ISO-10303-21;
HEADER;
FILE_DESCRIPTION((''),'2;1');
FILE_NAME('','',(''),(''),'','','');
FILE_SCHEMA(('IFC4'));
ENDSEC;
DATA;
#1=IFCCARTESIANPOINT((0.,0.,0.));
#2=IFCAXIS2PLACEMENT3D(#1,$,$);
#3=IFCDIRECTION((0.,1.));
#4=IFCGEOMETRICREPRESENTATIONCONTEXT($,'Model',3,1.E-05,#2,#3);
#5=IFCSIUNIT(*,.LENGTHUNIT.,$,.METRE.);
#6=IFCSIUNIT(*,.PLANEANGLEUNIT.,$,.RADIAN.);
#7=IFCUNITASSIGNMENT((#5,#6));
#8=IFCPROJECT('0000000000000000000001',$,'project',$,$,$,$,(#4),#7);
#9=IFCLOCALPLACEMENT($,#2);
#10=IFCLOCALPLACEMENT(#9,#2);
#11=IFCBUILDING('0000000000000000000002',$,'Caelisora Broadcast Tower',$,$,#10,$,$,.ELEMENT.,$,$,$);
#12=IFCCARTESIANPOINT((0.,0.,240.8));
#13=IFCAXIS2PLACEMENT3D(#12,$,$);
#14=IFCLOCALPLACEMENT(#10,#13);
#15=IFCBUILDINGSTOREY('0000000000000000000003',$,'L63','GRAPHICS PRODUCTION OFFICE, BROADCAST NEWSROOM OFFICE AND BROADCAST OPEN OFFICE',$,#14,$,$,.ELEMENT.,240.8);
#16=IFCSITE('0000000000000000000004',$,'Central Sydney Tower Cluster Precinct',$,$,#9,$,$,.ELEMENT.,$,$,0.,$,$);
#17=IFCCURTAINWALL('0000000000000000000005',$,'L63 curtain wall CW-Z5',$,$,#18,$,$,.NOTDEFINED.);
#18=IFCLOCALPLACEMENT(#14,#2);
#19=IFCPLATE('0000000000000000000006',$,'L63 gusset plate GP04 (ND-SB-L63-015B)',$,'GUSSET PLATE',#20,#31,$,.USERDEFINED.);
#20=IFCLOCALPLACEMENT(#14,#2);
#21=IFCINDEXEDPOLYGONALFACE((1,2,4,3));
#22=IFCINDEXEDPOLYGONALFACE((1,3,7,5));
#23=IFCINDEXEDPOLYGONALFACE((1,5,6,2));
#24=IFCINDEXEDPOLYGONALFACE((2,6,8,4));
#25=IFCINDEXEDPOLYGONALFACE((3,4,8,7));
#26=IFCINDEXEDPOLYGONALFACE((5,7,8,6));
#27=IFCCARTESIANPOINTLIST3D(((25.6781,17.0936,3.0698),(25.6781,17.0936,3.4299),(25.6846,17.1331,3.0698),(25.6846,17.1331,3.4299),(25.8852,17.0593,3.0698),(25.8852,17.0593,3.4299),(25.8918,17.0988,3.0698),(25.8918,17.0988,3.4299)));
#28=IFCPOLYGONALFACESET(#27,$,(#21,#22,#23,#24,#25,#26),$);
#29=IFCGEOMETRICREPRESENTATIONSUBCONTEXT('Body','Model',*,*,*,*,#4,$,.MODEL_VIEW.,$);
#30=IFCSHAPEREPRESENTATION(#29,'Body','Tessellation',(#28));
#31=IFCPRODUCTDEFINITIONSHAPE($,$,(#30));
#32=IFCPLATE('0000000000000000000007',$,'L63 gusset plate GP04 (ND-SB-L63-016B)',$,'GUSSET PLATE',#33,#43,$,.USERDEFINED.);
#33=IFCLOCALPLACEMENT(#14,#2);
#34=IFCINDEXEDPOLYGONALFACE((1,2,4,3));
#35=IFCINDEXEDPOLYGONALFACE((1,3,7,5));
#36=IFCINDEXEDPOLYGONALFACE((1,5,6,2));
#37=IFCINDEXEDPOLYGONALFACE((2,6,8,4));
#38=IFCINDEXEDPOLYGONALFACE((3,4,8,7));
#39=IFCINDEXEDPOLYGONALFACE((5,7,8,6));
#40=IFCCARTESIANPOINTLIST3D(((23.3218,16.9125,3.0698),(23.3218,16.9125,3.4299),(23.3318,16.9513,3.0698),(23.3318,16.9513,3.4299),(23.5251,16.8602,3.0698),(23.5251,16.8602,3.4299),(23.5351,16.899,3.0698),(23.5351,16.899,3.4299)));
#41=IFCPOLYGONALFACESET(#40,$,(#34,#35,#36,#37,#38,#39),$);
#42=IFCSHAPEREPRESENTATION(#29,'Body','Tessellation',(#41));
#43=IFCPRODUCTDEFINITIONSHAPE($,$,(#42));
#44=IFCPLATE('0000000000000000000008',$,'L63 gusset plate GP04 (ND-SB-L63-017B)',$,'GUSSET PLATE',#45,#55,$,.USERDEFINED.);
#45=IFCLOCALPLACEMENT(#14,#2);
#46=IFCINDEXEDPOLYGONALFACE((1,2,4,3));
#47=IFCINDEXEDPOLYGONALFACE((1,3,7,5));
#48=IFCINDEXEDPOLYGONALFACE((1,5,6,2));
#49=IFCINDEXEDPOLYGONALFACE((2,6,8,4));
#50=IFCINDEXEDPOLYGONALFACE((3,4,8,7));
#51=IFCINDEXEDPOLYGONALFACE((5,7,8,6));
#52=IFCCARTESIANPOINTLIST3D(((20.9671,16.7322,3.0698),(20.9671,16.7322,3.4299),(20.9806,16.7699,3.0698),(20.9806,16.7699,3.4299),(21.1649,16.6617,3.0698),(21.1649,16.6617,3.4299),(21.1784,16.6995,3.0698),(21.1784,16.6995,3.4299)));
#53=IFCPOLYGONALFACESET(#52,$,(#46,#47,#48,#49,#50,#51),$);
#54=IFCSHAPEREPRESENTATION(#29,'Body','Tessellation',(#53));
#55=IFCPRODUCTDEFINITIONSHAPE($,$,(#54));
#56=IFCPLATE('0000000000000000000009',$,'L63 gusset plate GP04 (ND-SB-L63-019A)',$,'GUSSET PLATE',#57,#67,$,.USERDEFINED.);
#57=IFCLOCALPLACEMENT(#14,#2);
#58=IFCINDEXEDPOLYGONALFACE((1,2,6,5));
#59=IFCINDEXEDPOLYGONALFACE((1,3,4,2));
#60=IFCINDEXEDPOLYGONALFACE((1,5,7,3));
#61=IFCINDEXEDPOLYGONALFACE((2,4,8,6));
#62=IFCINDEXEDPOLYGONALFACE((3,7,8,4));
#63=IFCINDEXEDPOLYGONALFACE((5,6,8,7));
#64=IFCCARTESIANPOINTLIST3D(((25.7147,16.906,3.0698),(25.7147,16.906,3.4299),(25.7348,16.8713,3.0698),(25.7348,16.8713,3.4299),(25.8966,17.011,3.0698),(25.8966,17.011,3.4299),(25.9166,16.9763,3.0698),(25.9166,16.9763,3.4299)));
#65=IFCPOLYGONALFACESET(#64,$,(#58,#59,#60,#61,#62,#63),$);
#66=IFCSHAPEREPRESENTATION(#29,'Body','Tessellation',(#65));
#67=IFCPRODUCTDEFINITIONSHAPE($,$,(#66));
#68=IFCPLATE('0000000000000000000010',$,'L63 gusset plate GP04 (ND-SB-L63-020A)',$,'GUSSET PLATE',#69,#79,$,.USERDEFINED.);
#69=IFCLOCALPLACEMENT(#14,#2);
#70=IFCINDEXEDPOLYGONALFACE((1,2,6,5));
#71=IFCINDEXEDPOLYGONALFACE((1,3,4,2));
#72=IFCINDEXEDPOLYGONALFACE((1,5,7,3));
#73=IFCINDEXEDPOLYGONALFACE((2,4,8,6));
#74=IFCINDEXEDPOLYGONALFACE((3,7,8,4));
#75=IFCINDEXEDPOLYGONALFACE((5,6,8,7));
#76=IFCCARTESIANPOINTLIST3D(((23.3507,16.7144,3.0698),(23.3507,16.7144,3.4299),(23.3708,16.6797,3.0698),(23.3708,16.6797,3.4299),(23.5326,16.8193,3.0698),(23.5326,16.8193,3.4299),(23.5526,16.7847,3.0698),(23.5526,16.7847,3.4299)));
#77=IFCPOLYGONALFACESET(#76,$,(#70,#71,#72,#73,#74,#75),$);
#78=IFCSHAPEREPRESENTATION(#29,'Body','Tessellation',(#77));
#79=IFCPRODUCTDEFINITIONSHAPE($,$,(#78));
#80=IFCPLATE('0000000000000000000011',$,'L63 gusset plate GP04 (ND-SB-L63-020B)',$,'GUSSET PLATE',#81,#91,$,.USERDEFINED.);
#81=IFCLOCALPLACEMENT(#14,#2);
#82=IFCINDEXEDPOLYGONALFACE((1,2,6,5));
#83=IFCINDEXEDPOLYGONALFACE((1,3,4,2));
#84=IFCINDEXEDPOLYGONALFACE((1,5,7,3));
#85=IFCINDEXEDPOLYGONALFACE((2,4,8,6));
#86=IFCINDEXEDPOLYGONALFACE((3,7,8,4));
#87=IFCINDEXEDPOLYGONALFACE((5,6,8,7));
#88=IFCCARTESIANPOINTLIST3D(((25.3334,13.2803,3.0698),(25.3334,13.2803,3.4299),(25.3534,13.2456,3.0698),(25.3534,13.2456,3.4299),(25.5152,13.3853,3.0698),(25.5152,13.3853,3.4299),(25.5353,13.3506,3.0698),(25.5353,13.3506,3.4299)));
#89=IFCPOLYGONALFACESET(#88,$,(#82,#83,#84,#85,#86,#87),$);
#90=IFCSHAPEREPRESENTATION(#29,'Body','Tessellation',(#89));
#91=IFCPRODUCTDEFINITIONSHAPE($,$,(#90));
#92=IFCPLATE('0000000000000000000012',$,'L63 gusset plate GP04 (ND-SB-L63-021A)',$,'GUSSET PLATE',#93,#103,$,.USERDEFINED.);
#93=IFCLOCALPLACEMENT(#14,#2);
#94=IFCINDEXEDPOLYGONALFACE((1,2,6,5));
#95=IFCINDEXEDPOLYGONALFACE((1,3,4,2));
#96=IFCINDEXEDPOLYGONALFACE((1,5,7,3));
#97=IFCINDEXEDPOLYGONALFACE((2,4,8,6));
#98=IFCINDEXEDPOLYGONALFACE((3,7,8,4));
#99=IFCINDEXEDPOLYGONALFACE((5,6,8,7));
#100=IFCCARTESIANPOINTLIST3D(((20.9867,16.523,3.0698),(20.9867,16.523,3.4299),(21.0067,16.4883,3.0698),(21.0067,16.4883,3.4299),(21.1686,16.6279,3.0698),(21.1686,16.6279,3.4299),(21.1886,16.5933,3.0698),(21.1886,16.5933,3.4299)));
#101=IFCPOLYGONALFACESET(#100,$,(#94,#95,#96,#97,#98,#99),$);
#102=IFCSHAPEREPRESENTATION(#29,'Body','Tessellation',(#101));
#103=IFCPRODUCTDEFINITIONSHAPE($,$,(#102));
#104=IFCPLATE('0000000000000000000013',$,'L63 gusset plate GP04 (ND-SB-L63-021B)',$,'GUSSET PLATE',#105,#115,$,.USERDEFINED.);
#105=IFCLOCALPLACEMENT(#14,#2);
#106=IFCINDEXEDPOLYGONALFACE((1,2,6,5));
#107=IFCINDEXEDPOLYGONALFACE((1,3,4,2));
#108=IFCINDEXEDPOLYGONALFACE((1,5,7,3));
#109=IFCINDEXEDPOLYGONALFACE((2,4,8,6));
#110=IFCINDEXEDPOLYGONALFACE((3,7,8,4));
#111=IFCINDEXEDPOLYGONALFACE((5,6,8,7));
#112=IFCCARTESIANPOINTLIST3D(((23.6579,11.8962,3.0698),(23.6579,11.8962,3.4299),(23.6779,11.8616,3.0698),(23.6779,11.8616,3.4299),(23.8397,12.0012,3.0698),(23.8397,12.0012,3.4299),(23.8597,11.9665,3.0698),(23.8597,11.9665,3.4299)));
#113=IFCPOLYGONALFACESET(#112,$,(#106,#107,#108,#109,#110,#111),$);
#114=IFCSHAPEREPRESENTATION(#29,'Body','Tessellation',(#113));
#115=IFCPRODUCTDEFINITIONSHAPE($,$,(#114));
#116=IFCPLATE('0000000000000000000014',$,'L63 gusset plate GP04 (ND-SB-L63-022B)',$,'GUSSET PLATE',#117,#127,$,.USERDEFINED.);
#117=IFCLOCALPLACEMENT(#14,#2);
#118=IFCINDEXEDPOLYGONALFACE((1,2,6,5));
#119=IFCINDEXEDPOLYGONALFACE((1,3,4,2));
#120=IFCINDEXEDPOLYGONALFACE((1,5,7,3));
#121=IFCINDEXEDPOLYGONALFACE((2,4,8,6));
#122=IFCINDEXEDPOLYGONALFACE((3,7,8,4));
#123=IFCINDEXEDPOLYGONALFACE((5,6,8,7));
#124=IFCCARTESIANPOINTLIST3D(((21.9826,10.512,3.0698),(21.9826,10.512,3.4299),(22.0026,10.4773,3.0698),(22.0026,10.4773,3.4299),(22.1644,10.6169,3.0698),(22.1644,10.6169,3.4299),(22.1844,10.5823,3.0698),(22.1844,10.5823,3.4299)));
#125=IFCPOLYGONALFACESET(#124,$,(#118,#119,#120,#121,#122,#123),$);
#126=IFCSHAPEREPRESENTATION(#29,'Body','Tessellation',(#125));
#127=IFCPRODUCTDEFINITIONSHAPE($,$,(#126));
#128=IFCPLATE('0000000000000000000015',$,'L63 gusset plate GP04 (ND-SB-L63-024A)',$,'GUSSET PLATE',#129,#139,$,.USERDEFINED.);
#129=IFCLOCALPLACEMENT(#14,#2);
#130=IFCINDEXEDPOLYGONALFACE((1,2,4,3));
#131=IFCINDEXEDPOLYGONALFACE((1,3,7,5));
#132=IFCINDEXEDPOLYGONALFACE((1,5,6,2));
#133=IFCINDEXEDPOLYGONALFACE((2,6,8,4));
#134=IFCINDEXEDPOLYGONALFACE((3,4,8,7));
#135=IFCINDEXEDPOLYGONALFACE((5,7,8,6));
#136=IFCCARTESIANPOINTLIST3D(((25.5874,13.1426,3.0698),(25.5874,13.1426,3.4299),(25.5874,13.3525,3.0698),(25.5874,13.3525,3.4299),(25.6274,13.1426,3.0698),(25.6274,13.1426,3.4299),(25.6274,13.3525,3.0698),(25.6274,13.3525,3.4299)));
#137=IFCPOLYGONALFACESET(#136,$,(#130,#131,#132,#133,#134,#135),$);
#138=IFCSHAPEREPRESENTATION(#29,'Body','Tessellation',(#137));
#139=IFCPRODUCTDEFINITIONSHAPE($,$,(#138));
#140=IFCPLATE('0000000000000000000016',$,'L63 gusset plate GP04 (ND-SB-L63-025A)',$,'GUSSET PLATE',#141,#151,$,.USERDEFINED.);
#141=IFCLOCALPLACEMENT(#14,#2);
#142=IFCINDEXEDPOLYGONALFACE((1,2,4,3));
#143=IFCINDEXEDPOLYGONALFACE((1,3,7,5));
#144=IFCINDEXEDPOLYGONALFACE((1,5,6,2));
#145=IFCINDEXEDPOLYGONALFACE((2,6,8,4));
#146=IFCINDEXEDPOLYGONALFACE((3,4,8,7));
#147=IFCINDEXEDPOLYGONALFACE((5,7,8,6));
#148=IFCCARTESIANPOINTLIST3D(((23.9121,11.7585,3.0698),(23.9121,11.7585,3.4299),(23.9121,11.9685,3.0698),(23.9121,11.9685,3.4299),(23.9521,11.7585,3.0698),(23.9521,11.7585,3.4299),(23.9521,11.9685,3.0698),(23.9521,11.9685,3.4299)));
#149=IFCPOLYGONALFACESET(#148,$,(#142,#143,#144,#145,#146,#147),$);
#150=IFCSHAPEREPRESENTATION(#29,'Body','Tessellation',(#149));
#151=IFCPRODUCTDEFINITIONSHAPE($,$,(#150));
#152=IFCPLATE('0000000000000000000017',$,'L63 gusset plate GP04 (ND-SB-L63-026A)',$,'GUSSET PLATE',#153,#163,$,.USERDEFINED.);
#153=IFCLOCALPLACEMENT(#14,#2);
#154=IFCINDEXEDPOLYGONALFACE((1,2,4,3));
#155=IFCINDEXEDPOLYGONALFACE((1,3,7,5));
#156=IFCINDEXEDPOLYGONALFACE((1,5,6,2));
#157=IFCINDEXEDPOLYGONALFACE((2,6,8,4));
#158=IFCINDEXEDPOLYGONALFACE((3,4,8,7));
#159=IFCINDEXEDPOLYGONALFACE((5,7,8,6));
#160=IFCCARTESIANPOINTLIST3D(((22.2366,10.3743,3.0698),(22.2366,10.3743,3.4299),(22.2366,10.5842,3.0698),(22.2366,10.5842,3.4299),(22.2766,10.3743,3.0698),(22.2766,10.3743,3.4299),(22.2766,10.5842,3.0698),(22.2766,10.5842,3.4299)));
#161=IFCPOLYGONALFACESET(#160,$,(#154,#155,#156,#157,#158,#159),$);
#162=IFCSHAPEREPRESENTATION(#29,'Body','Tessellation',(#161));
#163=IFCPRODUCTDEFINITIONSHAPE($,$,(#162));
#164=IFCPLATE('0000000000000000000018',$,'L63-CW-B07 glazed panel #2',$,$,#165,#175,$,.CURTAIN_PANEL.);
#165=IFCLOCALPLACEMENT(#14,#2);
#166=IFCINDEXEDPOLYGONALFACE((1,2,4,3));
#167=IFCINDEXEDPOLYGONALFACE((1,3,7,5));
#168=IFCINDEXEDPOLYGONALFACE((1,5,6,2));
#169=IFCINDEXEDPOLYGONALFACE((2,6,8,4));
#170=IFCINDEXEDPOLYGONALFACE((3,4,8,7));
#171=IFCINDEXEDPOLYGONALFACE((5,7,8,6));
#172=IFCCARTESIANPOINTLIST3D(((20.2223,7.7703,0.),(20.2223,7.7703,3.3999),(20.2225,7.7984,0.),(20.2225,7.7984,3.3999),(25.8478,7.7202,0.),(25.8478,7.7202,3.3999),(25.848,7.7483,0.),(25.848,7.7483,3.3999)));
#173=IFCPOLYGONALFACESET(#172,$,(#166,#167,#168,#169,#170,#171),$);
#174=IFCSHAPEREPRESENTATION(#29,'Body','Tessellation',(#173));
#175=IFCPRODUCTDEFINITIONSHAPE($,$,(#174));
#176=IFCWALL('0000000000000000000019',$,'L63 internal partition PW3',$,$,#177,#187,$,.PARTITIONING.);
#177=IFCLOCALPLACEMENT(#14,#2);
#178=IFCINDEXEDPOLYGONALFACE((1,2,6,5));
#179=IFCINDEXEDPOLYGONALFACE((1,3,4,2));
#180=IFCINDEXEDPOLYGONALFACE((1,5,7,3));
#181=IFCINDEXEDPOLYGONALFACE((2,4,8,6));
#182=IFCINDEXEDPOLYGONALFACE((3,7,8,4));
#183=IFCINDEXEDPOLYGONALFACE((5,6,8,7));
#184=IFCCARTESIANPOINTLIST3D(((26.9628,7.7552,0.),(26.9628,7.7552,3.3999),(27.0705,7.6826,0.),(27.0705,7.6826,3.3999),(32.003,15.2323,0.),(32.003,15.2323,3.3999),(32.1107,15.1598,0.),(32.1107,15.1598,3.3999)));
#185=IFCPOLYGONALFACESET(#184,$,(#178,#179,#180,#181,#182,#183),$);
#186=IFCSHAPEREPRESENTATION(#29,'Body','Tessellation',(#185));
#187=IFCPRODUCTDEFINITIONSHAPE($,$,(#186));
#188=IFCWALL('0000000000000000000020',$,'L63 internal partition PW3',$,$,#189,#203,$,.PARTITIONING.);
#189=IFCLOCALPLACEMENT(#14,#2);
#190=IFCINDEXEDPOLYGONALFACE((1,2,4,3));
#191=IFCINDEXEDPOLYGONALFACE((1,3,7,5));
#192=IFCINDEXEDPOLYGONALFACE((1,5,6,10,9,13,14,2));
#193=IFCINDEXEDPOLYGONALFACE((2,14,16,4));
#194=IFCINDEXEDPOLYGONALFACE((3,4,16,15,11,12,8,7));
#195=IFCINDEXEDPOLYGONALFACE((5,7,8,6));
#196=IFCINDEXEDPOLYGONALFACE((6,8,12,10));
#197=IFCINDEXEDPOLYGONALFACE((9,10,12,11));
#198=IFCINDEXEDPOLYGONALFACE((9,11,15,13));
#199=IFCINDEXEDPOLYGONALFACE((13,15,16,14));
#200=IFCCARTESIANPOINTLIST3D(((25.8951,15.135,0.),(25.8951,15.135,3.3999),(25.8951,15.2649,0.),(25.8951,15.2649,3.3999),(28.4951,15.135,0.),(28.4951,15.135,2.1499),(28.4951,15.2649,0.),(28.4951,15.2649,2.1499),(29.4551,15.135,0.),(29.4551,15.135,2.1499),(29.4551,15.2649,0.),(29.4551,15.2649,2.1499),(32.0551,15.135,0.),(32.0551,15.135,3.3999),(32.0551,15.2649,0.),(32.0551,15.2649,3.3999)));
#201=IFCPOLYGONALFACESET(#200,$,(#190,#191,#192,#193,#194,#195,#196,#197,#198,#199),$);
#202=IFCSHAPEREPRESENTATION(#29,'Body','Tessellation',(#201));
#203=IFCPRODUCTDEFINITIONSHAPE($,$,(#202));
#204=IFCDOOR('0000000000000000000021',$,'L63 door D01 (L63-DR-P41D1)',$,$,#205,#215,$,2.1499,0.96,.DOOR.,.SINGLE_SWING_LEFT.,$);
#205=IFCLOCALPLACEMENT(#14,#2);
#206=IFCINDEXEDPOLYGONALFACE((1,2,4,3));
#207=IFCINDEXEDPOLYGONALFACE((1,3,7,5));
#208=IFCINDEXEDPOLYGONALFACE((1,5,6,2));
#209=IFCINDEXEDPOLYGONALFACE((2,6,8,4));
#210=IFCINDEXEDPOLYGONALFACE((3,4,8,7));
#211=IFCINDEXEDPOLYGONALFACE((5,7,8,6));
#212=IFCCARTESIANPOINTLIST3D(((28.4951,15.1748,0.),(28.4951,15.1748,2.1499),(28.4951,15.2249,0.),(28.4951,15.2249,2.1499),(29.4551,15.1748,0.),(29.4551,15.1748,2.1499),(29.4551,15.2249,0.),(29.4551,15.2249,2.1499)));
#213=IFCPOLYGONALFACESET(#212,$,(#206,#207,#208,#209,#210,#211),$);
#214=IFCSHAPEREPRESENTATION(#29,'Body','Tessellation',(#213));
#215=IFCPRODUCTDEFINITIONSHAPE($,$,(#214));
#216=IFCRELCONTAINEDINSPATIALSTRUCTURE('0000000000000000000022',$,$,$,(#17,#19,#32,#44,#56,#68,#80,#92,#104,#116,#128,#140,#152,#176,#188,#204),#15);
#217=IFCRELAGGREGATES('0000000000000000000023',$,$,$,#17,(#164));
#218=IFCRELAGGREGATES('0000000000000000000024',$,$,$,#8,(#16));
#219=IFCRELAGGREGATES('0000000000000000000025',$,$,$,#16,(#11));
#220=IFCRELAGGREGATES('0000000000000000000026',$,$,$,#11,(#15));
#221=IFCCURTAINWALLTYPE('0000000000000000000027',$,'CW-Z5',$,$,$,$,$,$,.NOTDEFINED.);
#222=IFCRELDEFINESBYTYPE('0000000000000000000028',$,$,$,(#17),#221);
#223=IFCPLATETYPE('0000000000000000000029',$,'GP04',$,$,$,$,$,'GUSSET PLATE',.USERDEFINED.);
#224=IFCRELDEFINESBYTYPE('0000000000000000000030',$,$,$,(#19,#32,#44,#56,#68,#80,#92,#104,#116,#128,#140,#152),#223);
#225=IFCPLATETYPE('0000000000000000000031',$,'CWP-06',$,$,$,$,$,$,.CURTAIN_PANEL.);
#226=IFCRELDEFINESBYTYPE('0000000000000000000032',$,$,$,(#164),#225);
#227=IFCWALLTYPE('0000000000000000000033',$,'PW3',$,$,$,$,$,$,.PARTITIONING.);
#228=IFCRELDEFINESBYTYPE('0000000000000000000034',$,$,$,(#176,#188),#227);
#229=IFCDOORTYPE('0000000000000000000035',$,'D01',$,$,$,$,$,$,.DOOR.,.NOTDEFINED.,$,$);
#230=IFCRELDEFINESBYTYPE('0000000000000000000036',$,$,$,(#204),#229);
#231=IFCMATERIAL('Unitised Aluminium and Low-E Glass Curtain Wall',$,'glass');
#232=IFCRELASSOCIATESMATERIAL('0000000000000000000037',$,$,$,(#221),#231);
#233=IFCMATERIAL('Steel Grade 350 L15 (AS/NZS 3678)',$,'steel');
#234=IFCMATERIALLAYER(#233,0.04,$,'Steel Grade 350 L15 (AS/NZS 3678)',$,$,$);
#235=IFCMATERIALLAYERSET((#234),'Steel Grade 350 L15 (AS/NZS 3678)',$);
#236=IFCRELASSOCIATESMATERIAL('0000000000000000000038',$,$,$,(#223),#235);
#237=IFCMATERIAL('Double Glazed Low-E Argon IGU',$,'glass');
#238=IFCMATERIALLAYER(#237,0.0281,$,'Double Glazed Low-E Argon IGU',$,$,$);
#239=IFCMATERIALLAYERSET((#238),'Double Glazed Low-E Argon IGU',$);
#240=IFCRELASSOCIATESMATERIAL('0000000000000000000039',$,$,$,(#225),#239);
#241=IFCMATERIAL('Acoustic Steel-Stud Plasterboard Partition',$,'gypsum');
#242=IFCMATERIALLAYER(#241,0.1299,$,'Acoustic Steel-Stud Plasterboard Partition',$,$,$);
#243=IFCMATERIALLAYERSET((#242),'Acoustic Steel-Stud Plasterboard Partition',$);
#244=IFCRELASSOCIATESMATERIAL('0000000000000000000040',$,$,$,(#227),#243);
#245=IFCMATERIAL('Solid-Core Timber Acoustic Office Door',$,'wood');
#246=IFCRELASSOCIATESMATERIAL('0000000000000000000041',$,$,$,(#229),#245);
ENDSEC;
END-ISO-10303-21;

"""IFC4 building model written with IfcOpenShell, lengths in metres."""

from ifc_helpers import new_model, si_unit, direction, frame, frame_2d, origin, origin_2d, place, context, subcontext, project, spatial, rectangle, extrude, source, transform, mapped, material, layer, layer_set, type_object, type_shapes, element, fill, aggregate, save


model = new_model("IFC4")

# Units and contexts
model_context = context("Model", 3, precision=1e-05, world=origin(), true_north=direction((0.0, 1.0)))
body_context = subcontext(model_context, "Body", "Model", "MODEL_VIEW")
ifc_project = project(units=[si_unit("LENGTHUNIT", "METRE"), si_unit("PLANEANGLEUNIT", "RADIAN")], contexts=[model_context])

# Site, building, storey
site_placement = place(None, origin())
site = spatial("IfcSite", under=ifc_project, at=site_placement, Name="Central Sydney Tower Cluster Precinct", CompositionType="ELEMENT", RefElevation=0.0)
building_placement = place(site_placement, origin())
building = spatial("IfcBuilding", under=site, at=building_placement, Name="Caelisora Broadcast Tower", CompositionType="ELEMENT")
storey_placement = place(building_placement, frame((0.0, 0.0, 240.8)))
storey = spatial("IfcBuildingStorey", under=building, at=storey_placement, Name="L63", Description="GRAPHICS PRODUCTION OFFICE, BROADCAST NEWSROOM OFFICE AND BROADCAST OPEN OFFICE", CompositionType="ELEMENT", Elevation=240.8)

# Shared definitions
ifc_material_1 = material(Name="Steel Grade 350 L15 (AS/NZS 3678)", Category="steel")

# Curtain wall
ifc_material_2 = material(Name="Unitised Aluminium and Low-E Glass Curtain Wall", Category="glass")
curtain_wall_type = type_object("IfcCurtainWallType", Name="CW-Z5", PredefinedType="NOTDEFINED", material=ifc_material_2)
curtain_wall_placement = place(storey_placement, origin())
curtain_wall = element("IfcCurtainWall", 1, at=curtain_wall_placement, inside=storey, type_object=curtain_wall_type, Name="L63 curtain wall CW-Z5", PredefinedType="NOTDEFINED")

# Plates
ifc_layer_1 = layer(ifc_material_1, 0.04, Name="Steel Grade 350 L15 (AS/NZS 3678)")
ifc_layer_set_1 = layer_set([ifc_layer_1], Name="Steel Grade 350 L15 (AS/NZS 3678)")
plate_type_1 = type_object("IfcPlateType", Name="GP04", ElementType="GUSSET PLATE", PredefinedType="USERDEFINED", material=ifc_layer_set_1)
shared_shape_1 = source(origin(), body_context, "Body", "SweptSolid", [
    extrude(rectangle(XDim=0.21, YDim=0.04, at=origin_2d()), origin(), (0.0, 0.0, 1.0), 0.3601),
])
type_shapes(plate_type_1, [shared_shape_1])
for number, where, z_axis, x_axis, name in (
    (2, (25.7849, 17.0962, 3.0698), (0.0, 0.0, 1.0), (0.986572, -0.163326, 0.0), "L63 gusset plate GP04 (ND-SB-L63-015B)"),
    (3, (23.4285, 16.9058, 3.0698), (0.0, 0.0, 1.0), (0.968453, -0.249197, 0.0), "L63 gusset plate GP04 (ND-SB-L63-016B)"),
    (4, (21.0728, 16.7158, 3.0698), (0.0, 0.0, 1.0), (0.942057, -0.335452, 0.0), "L63 gusset plate GP04 (ND-SB-L63-017B)"),
    (5, (25.8157, 16.9412, 3.0698), (0.0, 0.0, 1.0), (0.866025, 0.5, 0.0), "L63 gusset plate GP04 (ND-SB-L63-019A)"),
    (6, (23.4517, 16.7495, 3.0698), (0.0, 0.0, 1.0), (0.866025, 0.5, 0.0), "L63 gusset plate GP04 (ND-SB-L63-020A)"),
    (7, (25.4343, 13.3154, 3.0698), (0.0, 0.0, 1.0), (0.866025, 0.5, 0.0), "L63 gusset plate GP04 (ND-SB-L63-020B)"),
    (8, (21.0876, 16.5581, 3.0698), (0.0, 0.0, 1.0), (0.866025, 0.5, 0.0), "L63 gusset plate GP04 (ND-SB-L63-021A)"),
    (9, (23.7588, 11.9314, 3.0698), (0.0, 0.0, 1.0), (0.866025, 0.5, 0.0), "L63 gusset plate GP04 (ND-SB-L63-021B)"),
    (10, (22.0835, 10.5471, 3.0698), (0.0, 0.0, 1.0), (0.866025, 0.5, 0.0), "L63 gusset plate GP04 (ND-SB-L63-022B)"),
    (11, (25.6074, 13.2476, 3.0698), (0.0, 0.0, 1.0), (0.0, 1.0, 0.0), "L63 gusset plate GP04 (ND-SB-L63-024A)"),
    (12, (23.9321, 11.8635, 3.0698), (0.0, 0.0, 1.0), (0.0, 1.0, 0.0), "L63 gusset plate GP04 (ND-SB-L63-025A)"),
    (13, (22.2566, 10.4792, 3.0698), (0.0, 0.0, 1.0), (0.0, 1.0, 0.0), "L63 gusset plate GP04 (ND-SB-L63-026A)"),
):
    element("IfcPlate", number, at=place(storey_placement, frame(where, z_axis=z_axis, x_axis=x_axis)), inside=storey, type_object=plate_type_1, Name=name, ObjectType="GUSSET PLATE", PredefinedType="USERDEFINED", context=body_context, shape_type="MappedRepresentation", body=[
        mapped(shared_shape_1, transform((0.0, 0.0, 0.0), scale=1.0)),
    ])

# Plate
ifc_material_3 = material(Name="Double Glazed Low-E Argon IGU", Category="glass")
ifc_layer_2 = layer(ifc_material_3, 0.0281, Name="Double Glazed Low-E Argon IGU")
ifc_layer_set_2 = layer_set([ifc_layer_2], Name="Double Glazed Low-E Argon IGU")
plate_type_2 = type_object("IfcPlateType", Name="CWP-06", PredefinedType="CURTAIN_PANEL", material=ifc_layer_set_2)
shared_shape_2 = source(origin(), body_context, "Body", "SweptSolid", [
    extrude(rectangle(XDim=5.6257, YDim=0.0281, at=origin_2d()), origin(), (0.0, 0.0, 1.0), 3.3999),
])
type_shapes(plate_type_2, [shared_shape_2])
plate_placement = place(storey_placement, frame((23.0352, 7.7593, 0.0), z_axis=(0.0, 0.0, 1.0), x_axis=(-0.99996, 0.008901, 0.0)))
plate = element("IfcPlate", 14, at=plate_placement, type_object=plate_type_2, Name="L63-CW-B07 glazed panel #2", PredefinedType="CURTAIN_PANEL", context=body_context, shape_type="MappedRepresentation", body=[
    mapped(shared_shape_2, transform((0.0, 0.0, 0.0), scale=1.0)),
])
aggregate(curtain_wall, [plate])

# Wall
ifc_material_4 = material(Name="Acoustic Steel-Stud Plasterboard Partition", Category="gypsum")
ifc_layer_3 = layer(ifc_material_4, 0.1299, Name="Acoustic Steel-Stud Plasterboard Partition")
ifc_layer_set_3 = layer_set([ifc_layer_3], Name="Acoustic Steel-Stud Plasterboard Partition")
wall_type = type_object("IfcWallType", Name="PW3", PredefinedType="PARTITIONING", material=ifc_layer_set_3)
wall_1_placement = place(storey_placement, frame((27.0166, 7.7188, 0.0), z_axis=(0.0, 0.0, 1.0), x_axis=(0.558948, 0.829203, 0.0)))
element("IfcWall", 15, at=wall_1_placement, inside=storey, type_object=wall_type, Name="L63 internal partition PW3", PredefinedType="PARTITIONING", context=body_context, shape_type="SweptSolid", body=[
    extrude(rectangle(XDim=9.0173, YDim=0.1299, at=frame_2d((4.5088, 0.0))), origin(), (0.0, 0.0, 1.0), 3.3999),
])

# Wall, opening, door
wall_2_placement = place(storey_placement, frame((25.895, 15.2, 0.0), z_axis=(0.0, 0.0, 1.0), x_axis=(1.0, 0.0, 0.0)))
wall_2 = element("IfcWall", 16, at=wall_2_placement, inside=storey, type_object=wall_type, Name="L63 internal partition PW3", PredefinedType="PARTITIONING", context=body_context, shape_type="SweptSolid", body=[
    extrude(rectangle(XDim=6.1599, YDim=0.1299, at=frame_2d((3.0801, 0.0))), origin(), (0.0, 0.0, 1.0), 3.3999),
])
opening_1_placement = place(wall_2_placement, frame((2.6001, 0.0, 0.0)))
opening_1 = element("IfcOpeningElement", 17, at=opening_1_placement, cuts=wall_2, PredefinedType="OPENING", context=body_context, shape_type="SweptSolid", body=[
    extrude(rectangle(XDim=0.96, YDim=2.1499, at=frame_2d((0.48, 1.075))), frame((0.0, 0.0769, 0.0), z_axis=(0.0, -1.0, 0.0), x_axis=(1.0, 0.0, 0.0)), (0.0, 0.0, 1.0), 0.1538),
])
ifc_material_5 = material(Name="Solid-Core Timber Acoustic Office Door", Category="wood")
door_type = type_object("IfcDoorType", Name="D01", OperationType="NOTDEFINED", PredefinedType="DOOR", material=ifc_material_5)
door_1_placement = place(opening_1_placement, origin())
door_1 = element("IfcDoor", 18, at=door_1_placement, inside=storey, type_object=door_type, Name="L63 door D01 (L63-DR-P41D1)", OperationType="SINGLE_SWING_LEFT", OverallHeight=2.1499, OverallWidth=0.96, PredefinedType="DOOR", context=body_context, shape_type="SweptSolid", body=[
    extrude(rectangle(XDim=0.96, YDim=2.1499, at=frame_2d((0.48, 1.075))), frame((0.0, 0.0249, 0.0), z_axis=(0.0, -1.0, 0.0), x_axis=(1.0, 0.0, 0.0)), (0.0, 0.0, 1.0), 0.05),
])
fill(opening_1, door_1)

save(model, "model.ifc")
